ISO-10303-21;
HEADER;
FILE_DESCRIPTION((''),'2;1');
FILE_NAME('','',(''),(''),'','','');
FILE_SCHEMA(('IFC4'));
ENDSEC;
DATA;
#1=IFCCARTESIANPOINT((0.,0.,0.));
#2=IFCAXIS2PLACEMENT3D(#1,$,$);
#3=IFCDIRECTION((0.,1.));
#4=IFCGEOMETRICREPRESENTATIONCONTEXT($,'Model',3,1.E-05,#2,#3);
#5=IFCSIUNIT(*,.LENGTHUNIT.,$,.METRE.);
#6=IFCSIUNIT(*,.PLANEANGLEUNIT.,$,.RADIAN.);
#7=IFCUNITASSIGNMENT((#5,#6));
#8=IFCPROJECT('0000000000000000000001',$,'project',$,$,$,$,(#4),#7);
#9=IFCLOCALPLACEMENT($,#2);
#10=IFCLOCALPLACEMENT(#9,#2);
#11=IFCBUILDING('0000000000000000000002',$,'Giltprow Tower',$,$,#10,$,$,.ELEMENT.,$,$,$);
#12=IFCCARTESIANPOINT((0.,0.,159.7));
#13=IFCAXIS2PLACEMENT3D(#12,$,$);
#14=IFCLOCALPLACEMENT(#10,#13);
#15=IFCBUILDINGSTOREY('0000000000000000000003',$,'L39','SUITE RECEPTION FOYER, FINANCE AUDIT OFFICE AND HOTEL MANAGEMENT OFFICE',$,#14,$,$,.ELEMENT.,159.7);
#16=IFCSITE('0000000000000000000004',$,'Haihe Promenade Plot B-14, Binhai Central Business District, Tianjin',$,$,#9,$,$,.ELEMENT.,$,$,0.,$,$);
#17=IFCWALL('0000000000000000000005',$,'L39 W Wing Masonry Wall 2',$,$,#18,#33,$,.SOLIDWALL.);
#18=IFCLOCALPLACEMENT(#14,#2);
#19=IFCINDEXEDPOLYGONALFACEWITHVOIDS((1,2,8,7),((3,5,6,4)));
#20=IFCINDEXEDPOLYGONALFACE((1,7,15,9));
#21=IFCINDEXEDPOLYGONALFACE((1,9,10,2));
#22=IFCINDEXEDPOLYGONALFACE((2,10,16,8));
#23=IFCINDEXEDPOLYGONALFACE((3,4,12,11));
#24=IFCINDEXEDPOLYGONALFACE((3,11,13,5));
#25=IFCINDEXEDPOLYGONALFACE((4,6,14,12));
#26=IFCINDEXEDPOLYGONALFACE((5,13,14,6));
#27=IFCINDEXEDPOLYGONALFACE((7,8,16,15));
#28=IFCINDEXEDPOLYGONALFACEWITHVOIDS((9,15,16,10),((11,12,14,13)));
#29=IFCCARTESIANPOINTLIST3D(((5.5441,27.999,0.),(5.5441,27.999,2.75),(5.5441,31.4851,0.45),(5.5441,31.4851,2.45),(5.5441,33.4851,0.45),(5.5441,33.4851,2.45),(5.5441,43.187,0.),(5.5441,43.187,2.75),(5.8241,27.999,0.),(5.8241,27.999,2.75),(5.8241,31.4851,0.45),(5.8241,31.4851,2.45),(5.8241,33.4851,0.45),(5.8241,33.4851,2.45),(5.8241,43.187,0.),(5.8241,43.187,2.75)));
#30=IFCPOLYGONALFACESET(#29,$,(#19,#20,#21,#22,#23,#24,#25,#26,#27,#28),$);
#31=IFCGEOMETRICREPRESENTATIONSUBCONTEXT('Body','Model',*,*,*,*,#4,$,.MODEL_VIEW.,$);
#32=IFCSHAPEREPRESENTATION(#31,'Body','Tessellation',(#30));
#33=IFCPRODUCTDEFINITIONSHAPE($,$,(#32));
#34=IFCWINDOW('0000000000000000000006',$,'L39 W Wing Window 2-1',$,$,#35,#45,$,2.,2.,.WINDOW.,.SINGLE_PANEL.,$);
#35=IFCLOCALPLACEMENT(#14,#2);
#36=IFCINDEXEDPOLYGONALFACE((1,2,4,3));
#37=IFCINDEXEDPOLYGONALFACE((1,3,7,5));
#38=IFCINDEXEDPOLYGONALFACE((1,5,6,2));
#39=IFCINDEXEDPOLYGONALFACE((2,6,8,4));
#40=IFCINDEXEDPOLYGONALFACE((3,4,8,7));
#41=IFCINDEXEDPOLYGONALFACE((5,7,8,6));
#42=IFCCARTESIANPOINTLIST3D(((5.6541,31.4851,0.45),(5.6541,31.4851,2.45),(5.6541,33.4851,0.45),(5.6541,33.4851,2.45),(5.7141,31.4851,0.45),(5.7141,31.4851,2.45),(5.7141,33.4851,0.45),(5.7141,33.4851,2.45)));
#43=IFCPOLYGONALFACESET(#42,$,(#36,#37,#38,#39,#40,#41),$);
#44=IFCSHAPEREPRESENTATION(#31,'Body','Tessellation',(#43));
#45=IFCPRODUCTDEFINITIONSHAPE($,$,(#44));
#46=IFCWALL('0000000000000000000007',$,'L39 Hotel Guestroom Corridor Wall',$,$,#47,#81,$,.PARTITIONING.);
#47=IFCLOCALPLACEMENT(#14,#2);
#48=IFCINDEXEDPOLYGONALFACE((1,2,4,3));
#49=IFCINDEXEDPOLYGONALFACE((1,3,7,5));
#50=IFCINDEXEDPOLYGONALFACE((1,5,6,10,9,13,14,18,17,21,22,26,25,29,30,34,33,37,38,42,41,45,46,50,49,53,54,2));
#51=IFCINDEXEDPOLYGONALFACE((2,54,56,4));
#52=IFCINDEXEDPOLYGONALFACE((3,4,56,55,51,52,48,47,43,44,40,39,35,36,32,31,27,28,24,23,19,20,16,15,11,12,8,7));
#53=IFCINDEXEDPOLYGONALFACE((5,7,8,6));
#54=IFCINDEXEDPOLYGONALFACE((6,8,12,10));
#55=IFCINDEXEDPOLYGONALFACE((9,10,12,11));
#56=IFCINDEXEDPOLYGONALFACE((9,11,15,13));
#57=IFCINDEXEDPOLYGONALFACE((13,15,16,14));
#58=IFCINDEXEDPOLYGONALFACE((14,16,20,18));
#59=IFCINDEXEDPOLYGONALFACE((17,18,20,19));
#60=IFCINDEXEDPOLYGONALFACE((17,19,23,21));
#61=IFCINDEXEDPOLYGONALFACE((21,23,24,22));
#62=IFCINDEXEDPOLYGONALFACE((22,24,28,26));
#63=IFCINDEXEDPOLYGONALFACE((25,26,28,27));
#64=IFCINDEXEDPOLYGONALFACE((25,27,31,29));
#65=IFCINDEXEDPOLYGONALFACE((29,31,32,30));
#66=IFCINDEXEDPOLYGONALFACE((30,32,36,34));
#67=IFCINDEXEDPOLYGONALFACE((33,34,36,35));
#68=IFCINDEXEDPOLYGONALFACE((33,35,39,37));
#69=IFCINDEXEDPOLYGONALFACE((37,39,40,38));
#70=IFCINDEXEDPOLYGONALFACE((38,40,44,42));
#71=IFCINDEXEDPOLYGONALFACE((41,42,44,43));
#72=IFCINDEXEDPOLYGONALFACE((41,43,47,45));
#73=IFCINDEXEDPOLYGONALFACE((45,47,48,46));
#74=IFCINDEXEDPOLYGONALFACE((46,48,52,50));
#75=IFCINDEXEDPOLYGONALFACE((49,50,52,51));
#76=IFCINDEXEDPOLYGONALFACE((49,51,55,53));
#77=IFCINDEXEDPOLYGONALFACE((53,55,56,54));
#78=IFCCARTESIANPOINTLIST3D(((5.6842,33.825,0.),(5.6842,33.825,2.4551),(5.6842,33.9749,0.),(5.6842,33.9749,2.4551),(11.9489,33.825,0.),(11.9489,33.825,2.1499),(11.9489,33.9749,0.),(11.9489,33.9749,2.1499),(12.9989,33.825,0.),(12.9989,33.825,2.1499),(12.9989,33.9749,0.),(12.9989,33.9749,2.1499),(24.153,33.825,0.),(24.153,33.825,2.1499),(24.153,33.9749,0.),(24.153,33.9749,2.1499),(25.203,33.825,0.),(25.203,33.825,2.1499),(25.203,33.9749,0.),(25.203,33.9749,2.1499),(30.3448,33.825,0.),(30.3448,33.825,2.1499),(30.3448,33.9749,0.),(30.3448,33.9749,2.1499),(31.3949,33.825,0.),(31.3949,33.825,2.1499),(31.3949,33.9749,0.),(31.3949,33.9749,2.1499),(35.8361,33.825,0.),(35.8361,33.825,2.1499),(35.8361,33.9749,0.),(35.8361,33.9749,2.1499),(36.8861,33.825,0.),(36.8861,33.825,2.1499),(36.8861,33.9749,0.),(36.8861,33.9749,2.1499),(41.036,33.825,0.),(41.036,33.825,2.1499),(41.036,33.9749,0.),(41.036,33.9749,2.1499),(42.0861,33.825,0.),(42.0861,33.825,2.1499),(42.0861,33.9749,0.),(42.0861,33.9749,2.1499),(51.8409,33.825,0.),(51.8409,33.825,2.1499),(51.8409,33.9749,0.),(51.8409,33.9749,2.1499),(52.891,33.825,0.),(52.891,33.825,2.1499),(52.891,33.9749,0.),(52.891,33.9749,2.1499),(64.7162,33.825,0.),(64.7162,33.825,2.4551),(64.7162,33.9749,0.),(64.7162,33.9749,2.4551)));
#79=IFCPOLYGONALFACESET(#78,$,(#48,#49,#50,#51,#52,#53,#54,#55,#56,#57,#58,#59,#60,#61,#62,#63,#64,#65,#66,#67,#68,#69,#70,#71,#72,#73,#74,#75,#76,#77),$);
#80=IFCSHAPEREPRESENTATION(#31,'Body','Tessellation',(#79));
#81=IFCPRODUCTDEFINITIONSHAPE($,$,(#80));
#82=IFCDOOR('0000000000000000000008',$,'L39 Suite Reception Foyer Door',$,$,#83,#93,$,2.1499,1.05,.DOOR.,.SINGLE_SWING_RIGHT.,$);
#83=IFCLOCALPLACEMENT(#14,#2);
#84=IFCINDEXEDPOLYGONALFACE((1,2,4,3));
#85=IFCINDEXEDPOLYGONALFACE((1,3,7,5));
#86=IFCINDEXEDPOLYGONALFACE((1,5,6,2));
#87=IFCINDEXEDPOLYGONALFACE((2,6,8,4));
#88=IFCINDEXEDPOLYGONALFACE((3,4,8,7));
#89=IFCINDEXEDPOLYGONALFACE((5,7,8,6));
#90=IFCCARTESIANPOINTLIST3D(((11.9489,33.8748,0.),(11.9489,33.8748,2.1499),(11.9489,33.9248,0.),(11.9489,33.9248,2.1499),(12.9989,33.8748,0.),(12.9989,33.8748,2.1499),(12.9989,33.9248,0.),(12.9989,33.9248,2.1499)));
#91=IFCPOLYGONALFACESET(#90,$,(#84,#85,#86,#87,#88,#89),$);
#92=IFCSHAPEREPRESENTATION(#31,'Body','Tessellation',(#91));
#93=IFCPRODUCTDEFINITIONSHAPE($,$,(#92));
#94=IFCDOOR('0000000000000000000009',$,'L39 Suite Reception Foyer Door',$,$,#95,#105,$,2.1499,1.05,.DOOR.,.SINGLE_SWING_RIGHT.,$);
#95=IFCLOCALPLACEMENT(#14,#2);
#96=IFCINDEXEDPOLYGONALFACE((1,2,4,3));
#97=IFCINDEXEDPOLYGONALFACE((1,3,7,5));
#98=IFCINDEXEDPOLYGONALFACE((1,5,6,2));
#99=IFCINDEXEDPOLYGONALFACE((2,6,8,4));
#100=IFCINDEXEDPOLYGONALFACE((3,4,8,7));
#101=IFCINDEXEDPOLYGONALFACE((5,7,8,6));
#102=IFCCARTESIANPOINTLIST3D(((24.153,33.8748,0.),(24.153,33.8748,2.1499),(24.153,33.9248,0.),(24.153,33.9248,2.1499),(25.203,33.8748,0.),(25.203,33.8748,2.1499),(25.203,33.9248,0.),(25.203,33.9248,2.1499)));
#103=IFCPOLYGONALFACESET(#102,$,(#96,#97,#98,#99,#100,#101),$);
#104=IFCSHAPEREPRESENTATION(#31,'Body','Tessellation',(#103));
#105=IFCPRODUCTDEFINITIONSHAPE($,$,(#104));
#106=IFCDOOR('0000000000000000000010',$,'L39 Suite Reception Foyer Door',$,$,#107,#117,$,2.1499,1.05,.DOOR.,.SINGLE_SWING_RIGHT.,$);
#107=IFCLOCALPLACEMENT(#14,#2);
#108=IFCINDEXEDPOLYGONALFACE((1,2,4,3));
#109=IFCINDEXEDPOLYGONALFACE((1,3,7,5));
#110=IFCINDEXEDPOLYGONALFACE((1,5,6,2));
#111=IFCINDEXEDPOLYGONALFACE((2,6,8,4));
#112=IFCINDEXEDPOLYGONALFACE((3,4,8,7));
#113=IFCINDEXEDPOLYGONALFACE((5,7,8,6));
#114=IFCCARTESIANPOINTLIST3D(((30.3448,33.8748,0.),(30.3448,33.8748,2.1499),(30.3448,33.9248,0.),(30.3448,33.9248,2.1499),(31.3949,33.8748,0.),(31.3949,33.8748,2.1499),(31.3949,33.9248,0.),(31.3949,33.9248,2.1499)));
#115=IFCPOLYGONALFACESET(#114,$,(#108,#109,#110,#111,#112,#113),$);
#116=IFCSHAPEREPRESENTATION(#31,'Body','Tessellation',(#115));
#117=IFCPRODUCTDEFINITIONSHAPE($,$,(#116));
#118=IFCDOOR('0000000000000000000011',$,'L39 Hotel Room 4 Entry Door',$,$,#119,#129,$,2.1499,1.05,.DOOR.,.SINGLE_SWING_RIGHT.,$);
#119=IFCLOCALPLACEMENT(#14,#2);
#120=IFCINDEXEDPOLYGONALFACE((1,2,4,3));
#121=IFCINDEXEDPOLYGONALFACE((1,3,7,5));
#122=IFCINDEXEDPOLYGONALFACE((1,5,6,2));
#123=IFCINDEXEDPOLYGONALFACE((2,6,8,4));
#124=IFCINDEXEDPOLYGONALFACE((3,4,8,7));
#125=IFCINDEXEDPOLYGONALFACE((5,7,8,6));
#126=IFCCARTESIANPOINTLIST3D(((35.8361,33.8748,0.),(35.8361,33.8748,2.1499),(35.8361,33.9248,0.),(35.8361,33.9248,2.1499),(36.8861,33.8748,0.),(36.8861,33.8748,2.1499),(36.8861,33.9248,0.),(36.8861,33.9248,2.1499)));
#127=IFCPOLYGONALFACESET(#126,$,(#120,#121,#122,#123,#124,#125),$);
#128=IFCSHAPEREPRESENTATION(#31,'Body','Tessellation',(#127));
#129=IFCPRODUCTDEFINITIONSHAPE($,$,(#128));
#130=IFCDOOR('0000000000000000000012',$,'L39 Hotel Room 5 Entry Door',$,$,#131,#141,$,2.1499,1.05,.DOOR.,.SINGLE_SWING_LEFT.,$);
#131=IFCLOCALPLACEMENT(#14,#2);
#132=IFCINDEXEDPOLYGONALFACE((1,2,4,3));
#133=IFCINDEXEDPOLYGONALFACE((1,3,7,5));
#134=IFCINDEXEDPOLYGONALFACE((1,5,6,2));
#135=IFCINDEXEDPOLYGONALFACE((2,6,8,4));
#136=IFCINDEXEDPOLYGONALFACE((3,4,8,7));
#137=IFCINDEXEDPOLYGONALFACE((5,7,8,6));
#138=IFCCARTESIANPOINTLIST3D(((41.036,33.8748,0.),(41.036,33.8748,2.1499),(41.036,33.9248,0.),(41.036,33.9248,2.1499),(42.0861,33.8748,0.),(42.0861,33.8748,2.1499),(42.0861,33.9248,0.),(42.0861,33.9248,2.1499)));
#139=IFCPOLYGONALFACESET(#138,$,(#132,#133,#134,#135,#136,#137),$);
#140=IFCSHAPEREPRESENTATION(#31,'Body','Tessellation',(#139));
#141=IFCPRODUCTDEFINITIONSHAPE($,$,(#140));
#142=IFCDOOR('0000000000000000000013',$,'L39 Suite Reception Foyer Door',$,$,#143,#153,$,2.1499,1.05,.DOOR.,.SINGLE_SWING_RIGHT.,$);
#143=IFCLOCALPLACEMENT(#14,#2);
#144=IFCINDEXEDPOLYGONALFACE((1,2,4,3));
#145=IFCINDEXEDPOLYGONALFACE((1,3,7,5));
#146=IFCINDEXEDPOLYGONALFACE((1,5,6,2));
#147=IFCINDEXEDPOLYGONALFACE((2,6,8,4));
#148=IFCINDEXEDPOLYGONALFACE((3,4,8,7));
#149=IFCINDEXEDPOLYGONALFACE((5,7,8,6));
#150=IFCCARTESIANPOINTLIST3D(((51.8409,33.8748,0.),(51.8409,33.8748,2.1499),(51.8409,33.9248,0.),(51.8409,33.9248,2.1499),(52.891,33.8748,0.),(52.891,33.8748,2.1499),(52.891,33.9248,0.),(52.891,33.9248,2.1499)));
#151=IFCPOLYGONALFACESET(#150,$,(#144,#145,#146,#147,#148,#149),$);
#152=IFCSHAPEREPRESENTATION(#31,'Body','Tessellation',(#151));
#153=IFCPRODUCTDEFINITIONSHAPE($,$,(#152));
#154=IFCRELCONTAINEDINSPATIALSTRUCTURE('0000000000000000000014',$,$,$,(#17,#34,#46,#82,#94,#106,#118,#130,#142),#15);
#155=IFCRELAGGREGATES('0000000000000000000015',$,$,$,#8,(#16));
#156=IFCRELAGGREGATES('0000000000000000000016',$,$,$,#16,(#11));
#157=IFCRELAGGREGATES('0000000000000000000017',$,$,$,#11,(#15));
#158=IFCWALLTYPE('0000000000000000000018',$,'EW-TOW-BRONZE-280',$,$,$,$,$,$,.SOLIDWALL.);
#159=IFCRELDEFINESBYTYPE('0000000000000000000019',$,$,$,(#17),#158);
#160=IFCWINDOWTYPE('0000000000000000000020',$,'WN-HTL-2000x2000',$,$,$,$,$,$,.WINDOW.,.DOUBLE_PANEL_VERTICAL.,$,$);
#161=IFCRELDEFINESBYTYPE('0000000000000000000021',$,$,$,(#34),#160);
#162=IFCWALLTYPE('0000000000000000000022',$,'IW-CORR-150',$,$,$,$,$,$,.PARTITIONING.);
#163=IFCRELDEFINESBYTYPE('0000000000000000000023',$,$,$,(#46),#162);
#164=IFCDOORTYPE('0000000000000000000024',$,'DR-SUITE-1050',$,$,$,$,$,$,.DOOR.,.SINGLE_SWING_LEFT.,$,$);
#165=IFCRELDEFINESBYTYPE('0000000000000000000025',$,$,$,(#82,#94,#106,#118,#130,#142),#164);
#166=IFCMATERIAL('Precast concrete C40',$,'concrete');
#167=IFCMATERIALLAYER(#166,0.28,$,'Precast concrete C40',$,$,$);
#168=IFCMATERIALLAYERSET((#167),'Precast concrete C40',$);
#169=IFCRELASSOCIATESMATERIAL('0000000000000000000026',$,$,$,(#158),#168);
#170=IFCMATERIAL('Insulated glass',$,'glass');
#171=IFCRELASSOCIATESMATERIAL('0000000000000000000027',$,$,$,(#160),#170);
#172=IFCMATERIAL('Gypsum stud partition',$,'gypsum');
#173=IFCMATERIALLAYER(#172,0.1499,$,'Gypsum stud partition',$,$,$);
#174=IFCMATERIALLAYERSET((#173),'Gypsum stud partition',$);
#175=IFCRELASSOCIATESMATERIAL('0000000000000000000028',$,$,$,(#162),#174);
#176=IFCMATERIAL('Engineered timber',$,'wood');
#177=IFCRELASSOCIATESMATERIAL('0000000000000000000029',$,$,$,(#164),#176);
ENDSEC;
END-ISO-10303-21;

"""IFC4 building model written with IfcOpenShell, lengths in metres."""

from ifc_helpers import new_model, si_unit, direction, frame, frame_2d, origin, place, context, subcontext, project, spatial, rectangle, extrude, source, transform, mapped, material, layer, layer_set, type_object, element, fill, save


model = new_model("IFC4")

# Units and contexts
model_context = context("Model", 3, precision=1e-05, world=origin(), true_north=direction((0.0, 1.0)))
body_context = subcontext(model_context, "Body", "Model", "MODEL_VIEW")
ifc_project = project(units=[si_unit("LENGTHUNIT", "METRE"), si_unit("PLANEANGLEUNIT", "RADIAN")], contexts=[model_context])

# Site, building, storey
site_placement = place(None, origin())
site = spatial("IfcSite", under=ifc_project, at=site_placement, Name="Haihe Promenade Plot B-14, Binhai Central Business District, Tianjin", CompositionType="ELEMENT", RefElevation=0.0)
building_placement = place(site_placement, origin())
building = spatial("IfcBuilding", under=site, at=building_placement, Name="Giltprow Tower", CompositionType="ELEMENT")
storey_placement = place(building_placement, frame((0.0, 0.0, 159.7)))
storey = spatial("IfcBuildingStorey", under=building, at=storey_placement, Name="L39", Description="SUITE RECEPTION FOYER, FINANCE AUDIT OFFICE AND HOTEL MANAGEMENT OFFICE", CompositionType="ELEMENT", Elevation=159.7)

# Wall, opening, window
ifc_material_1 = material(Name="Precast concrete C40", Category="concrete")
ifc_layer_1 = layer(ifc_material_1, 0.28, Name="Precast concrete C40")
ifc_layer_set_1 = layer_set([ifc_layer_1], Name="Precast concrete C40")
wall_type_1 = type_object("IfcWallType", Name="EW-TOW-BRONZE-280", PredefinedType="SOLIDWALL", material=ifc_layer_set_1)
wall_1_placement = place(storey_placement, frame((5.6841, 27.999, 0.0), z_axis=(0.0, 0.0, 1.0), x_axis=(0.0, 1.0, 0.0)))
wall_1 = element("IfcWall", 1, at=wall_1_placement, inside=storey, type_object=wall_type_1, Name="L39 W Wing Masonry Wall 2", PredefinedType="SOLIDWALL", context=body_context, shape_type="SweptSolid", body=[
    extrude(rectangle(XDim=15.188, YDim=0.28, at=frame_2d((7.594, 0.0))), origin(), (0.0, 0.0, 1.0), 2.75),
])
opening_1_placement = place(wall_1_placement, frame((3.4861, 0.0, 0.45)))
opening_1 = element("IfcOpeningElement", 2, at=opening_1_placement, cuts=wall_1, PredefinedType="OPENING", context=body_context, shape_type="SweptSolid", body=[
    extrude(rectangle(XDim=2.0, YDim=2.0, at=frame_2d((1.0, 1.0))), frame((0.0, 0.1499, 0.0), z_axis=(0.0, -1.0, 0.0), x_axis=(1.0, 0.0, 0.0)), (0.0, 0.0, 1.0), 0.3),
])
ifc_material_2 = material(Name="Insulated glass", Category="glass")
window_type = type_object("IfcWindowType", Name="WN-HTL-2000x2000", PartitioningType="DOUBLE_PANEL_VERTICAL", PredefinedType="WINDOW", material=ifc_material_2)
shared_shape_1 = source(origin(), body_context, "Body", "SweptSolid", [
    extrude(rectangle(XDim=2.0, YDim=2.0, at=frame_2d((1.0, 1.0))), frame((0.0, 0.03, 0.0), z_axis=(0.0, -1.0, 0.0), x_axis=(1.0, 0.0, 0.0)), (0.0, 0.0, 1.0), 0.0601),
])
window_placement = place(opening_1_placement, origin())
window = element("IfcWindow", 3, at=window_placement, inside=storey, type_object=window_type, Name="L39 W Wing Window 2-1", OverallHeight=2.0, OverallWidth=2.0, PartitioningType="SINGLE_PANEL", PredefinedType="WINDOW", context=body_context, shape_type="MappedRepresentation", body=[
    mapped(shared_shape_1, transform((0.0, 0.0, 0.0), x_axis=(1.0, 0.0, 0.0), y_axis=(0.0, 1.0, 0.0), z_axis=(0.0, 0.0, 1.0), scale=1.0)),
])
fill(opening_1, window)

# Wall, openings, doors
ifc_material_3 = material(Name="Gypsum stud partition", Category="gypsum")
ifc_layer_2 = layer(ifc_material_3, 0.1499, Name="Gypsum stud partition")
ifc_layer_set_2 = layer_set([ifc_layer_2], Name="Gypsum stud partition")
wall_type_2 = type_object("IfcWallType", Name="IW-CORR-150", PredefinedType="PARTITIONING", material=ifc_layer_set_2)
wall_2_placement = place(storey_placement, frame((5.6841, 33.8999, 0.0), z_axis=(0.0, 0.0, 1.0), x_axis=(1.0, 0.0, 0.0)))
wall_2 = element("IfcWall", 4, at=wall_2_placement, inside=storey, type_object=wall_type_2, Name="L39 Hotel Guestroom Corridor Wall", PredefinedType="PARTITIONING", context=body_context, shape_type="SweptSolid", body=[
    extrude(rectangle(XDim=59.032, YDim=0.1499, at=frame_2d((29.5161, 0.0))), origin(), (0.0, 0.0, 1.0), 2.4551),
])
opening_2_placement = place(wall_2_placement, frame((6.2649, 0.0, 0.0)))
opening_2 = element("IfcOpeningElement", 5, at=opening_2_placement, cuts=wall_2, PredefinedType="OPENING", context=body_context, shape_type="SweptSolid", body=[
    extrude(rectangle(XDim=1.05, YDim=2.1499, at=frame_2d((0.5249, 1.075))), frame((0.0, 0.085, 0.0), z_axis=(0.0, -1.0, 0.0), x_axis=(1.0, 0.0, 0.0)), (0.0, 0.0, 1.0), 0.1699),
])
opening_3_placement = place(wall_2_placement, frame((18.469, 0.0, 0.0)))
opening_3 = element("IfcOpeningElement", 6, at=opening_3_placement, cuts=wall_2, PredefinedType="OPENING", context=body_context, shape_type="SweptSolid", body=[
    extrude(rectangle(XDim=1.05, YDim=2.1499, at=frame_2d((0.5249, 1.075))), frame((0.0, 0.085, 0.0), z_axis=(0.0, -1.0, 0.0), x_axis=(1.0, 0.0, 0.0)), (0.0, 0.0, 1.0), 0.1699),
])
opening_4_placement = place(wall_2_placement, frame((24.6609, 0.0, 0.0)))
opening_4 = element("IfcOpeningElement", 7, at=opening_4_placement, cuts=wall_2, PredefinedType="OPENING", context=body_context, shape_type="SweptSolid", body=[
    extrude(rectangle(XDim=1.05, YDim=2.1499, at=frame_2d((0.5249, 1.075))), frame((0.0, 0.085, 0.0), z_axis=(0.0, -1.0, 0.0), x_axis=(1.0, 0.0, 0.0)), (0.0, 0.0, 1.0), 0.1699),
])
opening_5_placement = place(wall_2_placement, frame((30.1521, 0.0, 0.0)))
opening_5 = element("IfcOpeningElement", 8, at=opening_5_placement, cuts=wall_2, PredefinedType="OPENING", context=body_context, shape_type="SweptSolid", body=[
    extrude(rectangle(XDim=1.05, YDim=2.1499, at=frame_2d((0.5249, 1.075))), frame((0.0, 0.085, 0.0), z_axis=(0.0, -1.0, 0.0), x_axis=(1.0, 0.0, 0.0)), (0.0, 0.0, 1.0), 0.1699),
])
opening_6_placement = place(wall_2_placement, frame((35.3521, 0.0, 0.0)))
opening_6 = element("IfcOpeningElement", 9, at=opening_6_placement, cuts=wall_2, PredefinedType="OPENING", context=body_context, shape_type="SweptSolid", body=[
    extrude(rectangle(XDim=1.05, YDim=2.1499, at=frame_2d((0.5249, 1.075))), frame((0.0, 0.085, 0.0), z_axis=(0.0, -1.0, 0.0), x_axis=(1.0, 0.0, 0.0)), (0.0, 0.0, 1.0), 0.1699),
])
opening_7_placement = place(wall_2_placement, frame((46.157, 0.0, 0.0)))
opening_7 = element("IfcOpeningElement", 10, at=opening_7_placement, cuts=wall_2, PredefinedType="OPENING", context=body_context, shape_type="SweptSolid", body=[
    extrude(rectangle(XDim=1.05, YDim=2.1499, at=frame_2d((0.5249, 1.075))), frame((0.0, 0.085, 0.0), z_axis=(0.0, -1.0, 0.0), x_axis=(1.0, 0.0, 0.0)), (0.0, 0.0, 1.0), 0.1699),
])
ifc_material_4 = material(Name="Engineered timber", Category="wood")
door_type_1 = type_object("IfcDoorType", Name="DR-SUITE-1050", OperationType="SINGLE_SWING_LEFT", PredefinedType="DOOR", material=ifc_material_4)
shared_shape_2 = source(origin(), body_context, "Body", "SweptSolid", [
    extrude(rectangle(XDim=1.05, YDim=2.1499, at=frame_2d((0.5249, 1.075))), frame((0.0, 0.0249, 0.0), z_axis=(0.0, -1.0, 0.0), x_axis=(1.0, 0.0, 0.0)), (0.0, 0.0, 1.0), 0.05),
])
door_1_placement = place(opening_2_placement, origin())
door_1 = element("IfcDoor", 11, at=door_1_placement, inside=storey, type_object=door_type_1, Name="L39 Suite Reception Foyer Door", OperationType="SINGLE_SWING_RIGHT", OverallHeight=2.1499, OverallWidth=1.05, PredefinedType="DOOR", context=body_context, shape_type="MappedRepresentation", body=[
    mapped(shared_shape_2, transform((0.0, 0.0, 0.0), x_axis=(1.0, 0.0, 0.0), y_axis=(0.0, 1.0, 0.0), z_axis=(0.0, 0.0, 1.0), scale=1.0)),
])
fill(opening_2, door_1)
door_2_placement = place(opening_3_placement, origin())
door_2 = element("IfcDoor", 12, at=door_2_placement, inside=storey, type_object=door_type_1, Name="L39 Suite Reception Foyer Door", OperationType="SINGLE_SWING_RIGHT", OverallHeight=2.1499, OverallWidth=1.05, PredefinedType="DOOR", context=body_context, shape_type="MappedRepresentation", body=[
    mapped(shared_shape_2, transform((0.0, 0.0, 0.0), x_axis=(1.0, 0.0, 0.0), y_axis=(0.0, 1.0, 0.0), z_axis=(0.0, 0.0, 1.0), scale=1.0)),
])
fill(opening_3, door_2)
door_3_placement = place(opening_4_placement, origin())
door_3 = element("IfcDoor", 13, at=door_3_placement, inside=storey, type_object=door_type_1, Name="L39 Suite Reception Foyer Door", OperationType="SINGLE_SWING_RIGHT", OverallHeight=2.1499, OverallWidth=1.05, PredefinedType="DOOR", context=body_context, shape_type="MappedRepresentation", body=[
    mapped(shared_shape_2, transform((0.0, 0.0, 0.0), x_axis=(1.0, 0.0, 0.0), y_axis=(0.0, 1.0, 0.0), z_axis=(0.0, 0.0, 1.0), scale=1.0)),
])
fill(opening_4, door_3)
door_4_placement = place(opening_5_placement, origin())
door_4 = element("IfcDoor", 14, at=door_4_placement, inside=storey, type_object=door_type_1, Name="L39 Hotel Room 4 Entry Door", OperationType="SINGLE_SWING_RIGHT", OverallHeight=2.1499, OverallWidth=1.05, PredefinedType="DOOR", context=body_context, shape_type="MappedRepresentation", body=[
    mapped(shared_shape_2, transform((0.0, 0.0, 0.0), x_axis=(1.0, 0.0, 0.0), y_axis=(0.0, 1.0, 0.0), z_axis=(0.0, 0.0, 1.0), scale=1.0)),
])
fill(opening_5, door_4)
door_5_placement = place(opening_6_placement, origin())
door_5 = element("IfcDoor", 15, at=door_5_placement, inside=storey, type_object=door_type_1, Name="L39 Hotel Room 5 Entry Door", OperationType="SINGLE_SWING_LEFT", OverallHeight=2.1499, OverallWidth=1.05, PredefinedType="DOOR", context=body_context, shape_type="MappedRepresentation", body=[
    mapped(shared_shape_2, transform((0.0, 0.0, 0.0), x_axis=(1.0, 0.0, 0.0), y_axis=(0.0, 1.0, 0.0), z_axis=(0.0, 0.0, 1.0), scale=1.0)),
])
fill(opening_6, door_5)
door_6_placement = place(opening_7_placement, origin())
door_6 = element("IfcDoor", 16, at=door_6_placement, inside=storey, type_object=door_type_1, Name="L39 Suite Reception Foyer Door", OperationType="SINGLE_SWING_RIGHT", OverallHeight=2.1499, OverallWidth=1.05, PredefinedType="DOOR", context=body_context, shape_type="MappedRepresentation", body=[
    mapped(shared_shape_2, transform((0.0, 0.0, 0.0), x_axis=(1.0, 0.0, 0.0), y_axis=(0.0, 1.0, 0.0), z_axis=(0.0, 0.0, 1.0), scale=1.0)),
])
fill(opening_7, door_6)

save(model, "model.ifc")
